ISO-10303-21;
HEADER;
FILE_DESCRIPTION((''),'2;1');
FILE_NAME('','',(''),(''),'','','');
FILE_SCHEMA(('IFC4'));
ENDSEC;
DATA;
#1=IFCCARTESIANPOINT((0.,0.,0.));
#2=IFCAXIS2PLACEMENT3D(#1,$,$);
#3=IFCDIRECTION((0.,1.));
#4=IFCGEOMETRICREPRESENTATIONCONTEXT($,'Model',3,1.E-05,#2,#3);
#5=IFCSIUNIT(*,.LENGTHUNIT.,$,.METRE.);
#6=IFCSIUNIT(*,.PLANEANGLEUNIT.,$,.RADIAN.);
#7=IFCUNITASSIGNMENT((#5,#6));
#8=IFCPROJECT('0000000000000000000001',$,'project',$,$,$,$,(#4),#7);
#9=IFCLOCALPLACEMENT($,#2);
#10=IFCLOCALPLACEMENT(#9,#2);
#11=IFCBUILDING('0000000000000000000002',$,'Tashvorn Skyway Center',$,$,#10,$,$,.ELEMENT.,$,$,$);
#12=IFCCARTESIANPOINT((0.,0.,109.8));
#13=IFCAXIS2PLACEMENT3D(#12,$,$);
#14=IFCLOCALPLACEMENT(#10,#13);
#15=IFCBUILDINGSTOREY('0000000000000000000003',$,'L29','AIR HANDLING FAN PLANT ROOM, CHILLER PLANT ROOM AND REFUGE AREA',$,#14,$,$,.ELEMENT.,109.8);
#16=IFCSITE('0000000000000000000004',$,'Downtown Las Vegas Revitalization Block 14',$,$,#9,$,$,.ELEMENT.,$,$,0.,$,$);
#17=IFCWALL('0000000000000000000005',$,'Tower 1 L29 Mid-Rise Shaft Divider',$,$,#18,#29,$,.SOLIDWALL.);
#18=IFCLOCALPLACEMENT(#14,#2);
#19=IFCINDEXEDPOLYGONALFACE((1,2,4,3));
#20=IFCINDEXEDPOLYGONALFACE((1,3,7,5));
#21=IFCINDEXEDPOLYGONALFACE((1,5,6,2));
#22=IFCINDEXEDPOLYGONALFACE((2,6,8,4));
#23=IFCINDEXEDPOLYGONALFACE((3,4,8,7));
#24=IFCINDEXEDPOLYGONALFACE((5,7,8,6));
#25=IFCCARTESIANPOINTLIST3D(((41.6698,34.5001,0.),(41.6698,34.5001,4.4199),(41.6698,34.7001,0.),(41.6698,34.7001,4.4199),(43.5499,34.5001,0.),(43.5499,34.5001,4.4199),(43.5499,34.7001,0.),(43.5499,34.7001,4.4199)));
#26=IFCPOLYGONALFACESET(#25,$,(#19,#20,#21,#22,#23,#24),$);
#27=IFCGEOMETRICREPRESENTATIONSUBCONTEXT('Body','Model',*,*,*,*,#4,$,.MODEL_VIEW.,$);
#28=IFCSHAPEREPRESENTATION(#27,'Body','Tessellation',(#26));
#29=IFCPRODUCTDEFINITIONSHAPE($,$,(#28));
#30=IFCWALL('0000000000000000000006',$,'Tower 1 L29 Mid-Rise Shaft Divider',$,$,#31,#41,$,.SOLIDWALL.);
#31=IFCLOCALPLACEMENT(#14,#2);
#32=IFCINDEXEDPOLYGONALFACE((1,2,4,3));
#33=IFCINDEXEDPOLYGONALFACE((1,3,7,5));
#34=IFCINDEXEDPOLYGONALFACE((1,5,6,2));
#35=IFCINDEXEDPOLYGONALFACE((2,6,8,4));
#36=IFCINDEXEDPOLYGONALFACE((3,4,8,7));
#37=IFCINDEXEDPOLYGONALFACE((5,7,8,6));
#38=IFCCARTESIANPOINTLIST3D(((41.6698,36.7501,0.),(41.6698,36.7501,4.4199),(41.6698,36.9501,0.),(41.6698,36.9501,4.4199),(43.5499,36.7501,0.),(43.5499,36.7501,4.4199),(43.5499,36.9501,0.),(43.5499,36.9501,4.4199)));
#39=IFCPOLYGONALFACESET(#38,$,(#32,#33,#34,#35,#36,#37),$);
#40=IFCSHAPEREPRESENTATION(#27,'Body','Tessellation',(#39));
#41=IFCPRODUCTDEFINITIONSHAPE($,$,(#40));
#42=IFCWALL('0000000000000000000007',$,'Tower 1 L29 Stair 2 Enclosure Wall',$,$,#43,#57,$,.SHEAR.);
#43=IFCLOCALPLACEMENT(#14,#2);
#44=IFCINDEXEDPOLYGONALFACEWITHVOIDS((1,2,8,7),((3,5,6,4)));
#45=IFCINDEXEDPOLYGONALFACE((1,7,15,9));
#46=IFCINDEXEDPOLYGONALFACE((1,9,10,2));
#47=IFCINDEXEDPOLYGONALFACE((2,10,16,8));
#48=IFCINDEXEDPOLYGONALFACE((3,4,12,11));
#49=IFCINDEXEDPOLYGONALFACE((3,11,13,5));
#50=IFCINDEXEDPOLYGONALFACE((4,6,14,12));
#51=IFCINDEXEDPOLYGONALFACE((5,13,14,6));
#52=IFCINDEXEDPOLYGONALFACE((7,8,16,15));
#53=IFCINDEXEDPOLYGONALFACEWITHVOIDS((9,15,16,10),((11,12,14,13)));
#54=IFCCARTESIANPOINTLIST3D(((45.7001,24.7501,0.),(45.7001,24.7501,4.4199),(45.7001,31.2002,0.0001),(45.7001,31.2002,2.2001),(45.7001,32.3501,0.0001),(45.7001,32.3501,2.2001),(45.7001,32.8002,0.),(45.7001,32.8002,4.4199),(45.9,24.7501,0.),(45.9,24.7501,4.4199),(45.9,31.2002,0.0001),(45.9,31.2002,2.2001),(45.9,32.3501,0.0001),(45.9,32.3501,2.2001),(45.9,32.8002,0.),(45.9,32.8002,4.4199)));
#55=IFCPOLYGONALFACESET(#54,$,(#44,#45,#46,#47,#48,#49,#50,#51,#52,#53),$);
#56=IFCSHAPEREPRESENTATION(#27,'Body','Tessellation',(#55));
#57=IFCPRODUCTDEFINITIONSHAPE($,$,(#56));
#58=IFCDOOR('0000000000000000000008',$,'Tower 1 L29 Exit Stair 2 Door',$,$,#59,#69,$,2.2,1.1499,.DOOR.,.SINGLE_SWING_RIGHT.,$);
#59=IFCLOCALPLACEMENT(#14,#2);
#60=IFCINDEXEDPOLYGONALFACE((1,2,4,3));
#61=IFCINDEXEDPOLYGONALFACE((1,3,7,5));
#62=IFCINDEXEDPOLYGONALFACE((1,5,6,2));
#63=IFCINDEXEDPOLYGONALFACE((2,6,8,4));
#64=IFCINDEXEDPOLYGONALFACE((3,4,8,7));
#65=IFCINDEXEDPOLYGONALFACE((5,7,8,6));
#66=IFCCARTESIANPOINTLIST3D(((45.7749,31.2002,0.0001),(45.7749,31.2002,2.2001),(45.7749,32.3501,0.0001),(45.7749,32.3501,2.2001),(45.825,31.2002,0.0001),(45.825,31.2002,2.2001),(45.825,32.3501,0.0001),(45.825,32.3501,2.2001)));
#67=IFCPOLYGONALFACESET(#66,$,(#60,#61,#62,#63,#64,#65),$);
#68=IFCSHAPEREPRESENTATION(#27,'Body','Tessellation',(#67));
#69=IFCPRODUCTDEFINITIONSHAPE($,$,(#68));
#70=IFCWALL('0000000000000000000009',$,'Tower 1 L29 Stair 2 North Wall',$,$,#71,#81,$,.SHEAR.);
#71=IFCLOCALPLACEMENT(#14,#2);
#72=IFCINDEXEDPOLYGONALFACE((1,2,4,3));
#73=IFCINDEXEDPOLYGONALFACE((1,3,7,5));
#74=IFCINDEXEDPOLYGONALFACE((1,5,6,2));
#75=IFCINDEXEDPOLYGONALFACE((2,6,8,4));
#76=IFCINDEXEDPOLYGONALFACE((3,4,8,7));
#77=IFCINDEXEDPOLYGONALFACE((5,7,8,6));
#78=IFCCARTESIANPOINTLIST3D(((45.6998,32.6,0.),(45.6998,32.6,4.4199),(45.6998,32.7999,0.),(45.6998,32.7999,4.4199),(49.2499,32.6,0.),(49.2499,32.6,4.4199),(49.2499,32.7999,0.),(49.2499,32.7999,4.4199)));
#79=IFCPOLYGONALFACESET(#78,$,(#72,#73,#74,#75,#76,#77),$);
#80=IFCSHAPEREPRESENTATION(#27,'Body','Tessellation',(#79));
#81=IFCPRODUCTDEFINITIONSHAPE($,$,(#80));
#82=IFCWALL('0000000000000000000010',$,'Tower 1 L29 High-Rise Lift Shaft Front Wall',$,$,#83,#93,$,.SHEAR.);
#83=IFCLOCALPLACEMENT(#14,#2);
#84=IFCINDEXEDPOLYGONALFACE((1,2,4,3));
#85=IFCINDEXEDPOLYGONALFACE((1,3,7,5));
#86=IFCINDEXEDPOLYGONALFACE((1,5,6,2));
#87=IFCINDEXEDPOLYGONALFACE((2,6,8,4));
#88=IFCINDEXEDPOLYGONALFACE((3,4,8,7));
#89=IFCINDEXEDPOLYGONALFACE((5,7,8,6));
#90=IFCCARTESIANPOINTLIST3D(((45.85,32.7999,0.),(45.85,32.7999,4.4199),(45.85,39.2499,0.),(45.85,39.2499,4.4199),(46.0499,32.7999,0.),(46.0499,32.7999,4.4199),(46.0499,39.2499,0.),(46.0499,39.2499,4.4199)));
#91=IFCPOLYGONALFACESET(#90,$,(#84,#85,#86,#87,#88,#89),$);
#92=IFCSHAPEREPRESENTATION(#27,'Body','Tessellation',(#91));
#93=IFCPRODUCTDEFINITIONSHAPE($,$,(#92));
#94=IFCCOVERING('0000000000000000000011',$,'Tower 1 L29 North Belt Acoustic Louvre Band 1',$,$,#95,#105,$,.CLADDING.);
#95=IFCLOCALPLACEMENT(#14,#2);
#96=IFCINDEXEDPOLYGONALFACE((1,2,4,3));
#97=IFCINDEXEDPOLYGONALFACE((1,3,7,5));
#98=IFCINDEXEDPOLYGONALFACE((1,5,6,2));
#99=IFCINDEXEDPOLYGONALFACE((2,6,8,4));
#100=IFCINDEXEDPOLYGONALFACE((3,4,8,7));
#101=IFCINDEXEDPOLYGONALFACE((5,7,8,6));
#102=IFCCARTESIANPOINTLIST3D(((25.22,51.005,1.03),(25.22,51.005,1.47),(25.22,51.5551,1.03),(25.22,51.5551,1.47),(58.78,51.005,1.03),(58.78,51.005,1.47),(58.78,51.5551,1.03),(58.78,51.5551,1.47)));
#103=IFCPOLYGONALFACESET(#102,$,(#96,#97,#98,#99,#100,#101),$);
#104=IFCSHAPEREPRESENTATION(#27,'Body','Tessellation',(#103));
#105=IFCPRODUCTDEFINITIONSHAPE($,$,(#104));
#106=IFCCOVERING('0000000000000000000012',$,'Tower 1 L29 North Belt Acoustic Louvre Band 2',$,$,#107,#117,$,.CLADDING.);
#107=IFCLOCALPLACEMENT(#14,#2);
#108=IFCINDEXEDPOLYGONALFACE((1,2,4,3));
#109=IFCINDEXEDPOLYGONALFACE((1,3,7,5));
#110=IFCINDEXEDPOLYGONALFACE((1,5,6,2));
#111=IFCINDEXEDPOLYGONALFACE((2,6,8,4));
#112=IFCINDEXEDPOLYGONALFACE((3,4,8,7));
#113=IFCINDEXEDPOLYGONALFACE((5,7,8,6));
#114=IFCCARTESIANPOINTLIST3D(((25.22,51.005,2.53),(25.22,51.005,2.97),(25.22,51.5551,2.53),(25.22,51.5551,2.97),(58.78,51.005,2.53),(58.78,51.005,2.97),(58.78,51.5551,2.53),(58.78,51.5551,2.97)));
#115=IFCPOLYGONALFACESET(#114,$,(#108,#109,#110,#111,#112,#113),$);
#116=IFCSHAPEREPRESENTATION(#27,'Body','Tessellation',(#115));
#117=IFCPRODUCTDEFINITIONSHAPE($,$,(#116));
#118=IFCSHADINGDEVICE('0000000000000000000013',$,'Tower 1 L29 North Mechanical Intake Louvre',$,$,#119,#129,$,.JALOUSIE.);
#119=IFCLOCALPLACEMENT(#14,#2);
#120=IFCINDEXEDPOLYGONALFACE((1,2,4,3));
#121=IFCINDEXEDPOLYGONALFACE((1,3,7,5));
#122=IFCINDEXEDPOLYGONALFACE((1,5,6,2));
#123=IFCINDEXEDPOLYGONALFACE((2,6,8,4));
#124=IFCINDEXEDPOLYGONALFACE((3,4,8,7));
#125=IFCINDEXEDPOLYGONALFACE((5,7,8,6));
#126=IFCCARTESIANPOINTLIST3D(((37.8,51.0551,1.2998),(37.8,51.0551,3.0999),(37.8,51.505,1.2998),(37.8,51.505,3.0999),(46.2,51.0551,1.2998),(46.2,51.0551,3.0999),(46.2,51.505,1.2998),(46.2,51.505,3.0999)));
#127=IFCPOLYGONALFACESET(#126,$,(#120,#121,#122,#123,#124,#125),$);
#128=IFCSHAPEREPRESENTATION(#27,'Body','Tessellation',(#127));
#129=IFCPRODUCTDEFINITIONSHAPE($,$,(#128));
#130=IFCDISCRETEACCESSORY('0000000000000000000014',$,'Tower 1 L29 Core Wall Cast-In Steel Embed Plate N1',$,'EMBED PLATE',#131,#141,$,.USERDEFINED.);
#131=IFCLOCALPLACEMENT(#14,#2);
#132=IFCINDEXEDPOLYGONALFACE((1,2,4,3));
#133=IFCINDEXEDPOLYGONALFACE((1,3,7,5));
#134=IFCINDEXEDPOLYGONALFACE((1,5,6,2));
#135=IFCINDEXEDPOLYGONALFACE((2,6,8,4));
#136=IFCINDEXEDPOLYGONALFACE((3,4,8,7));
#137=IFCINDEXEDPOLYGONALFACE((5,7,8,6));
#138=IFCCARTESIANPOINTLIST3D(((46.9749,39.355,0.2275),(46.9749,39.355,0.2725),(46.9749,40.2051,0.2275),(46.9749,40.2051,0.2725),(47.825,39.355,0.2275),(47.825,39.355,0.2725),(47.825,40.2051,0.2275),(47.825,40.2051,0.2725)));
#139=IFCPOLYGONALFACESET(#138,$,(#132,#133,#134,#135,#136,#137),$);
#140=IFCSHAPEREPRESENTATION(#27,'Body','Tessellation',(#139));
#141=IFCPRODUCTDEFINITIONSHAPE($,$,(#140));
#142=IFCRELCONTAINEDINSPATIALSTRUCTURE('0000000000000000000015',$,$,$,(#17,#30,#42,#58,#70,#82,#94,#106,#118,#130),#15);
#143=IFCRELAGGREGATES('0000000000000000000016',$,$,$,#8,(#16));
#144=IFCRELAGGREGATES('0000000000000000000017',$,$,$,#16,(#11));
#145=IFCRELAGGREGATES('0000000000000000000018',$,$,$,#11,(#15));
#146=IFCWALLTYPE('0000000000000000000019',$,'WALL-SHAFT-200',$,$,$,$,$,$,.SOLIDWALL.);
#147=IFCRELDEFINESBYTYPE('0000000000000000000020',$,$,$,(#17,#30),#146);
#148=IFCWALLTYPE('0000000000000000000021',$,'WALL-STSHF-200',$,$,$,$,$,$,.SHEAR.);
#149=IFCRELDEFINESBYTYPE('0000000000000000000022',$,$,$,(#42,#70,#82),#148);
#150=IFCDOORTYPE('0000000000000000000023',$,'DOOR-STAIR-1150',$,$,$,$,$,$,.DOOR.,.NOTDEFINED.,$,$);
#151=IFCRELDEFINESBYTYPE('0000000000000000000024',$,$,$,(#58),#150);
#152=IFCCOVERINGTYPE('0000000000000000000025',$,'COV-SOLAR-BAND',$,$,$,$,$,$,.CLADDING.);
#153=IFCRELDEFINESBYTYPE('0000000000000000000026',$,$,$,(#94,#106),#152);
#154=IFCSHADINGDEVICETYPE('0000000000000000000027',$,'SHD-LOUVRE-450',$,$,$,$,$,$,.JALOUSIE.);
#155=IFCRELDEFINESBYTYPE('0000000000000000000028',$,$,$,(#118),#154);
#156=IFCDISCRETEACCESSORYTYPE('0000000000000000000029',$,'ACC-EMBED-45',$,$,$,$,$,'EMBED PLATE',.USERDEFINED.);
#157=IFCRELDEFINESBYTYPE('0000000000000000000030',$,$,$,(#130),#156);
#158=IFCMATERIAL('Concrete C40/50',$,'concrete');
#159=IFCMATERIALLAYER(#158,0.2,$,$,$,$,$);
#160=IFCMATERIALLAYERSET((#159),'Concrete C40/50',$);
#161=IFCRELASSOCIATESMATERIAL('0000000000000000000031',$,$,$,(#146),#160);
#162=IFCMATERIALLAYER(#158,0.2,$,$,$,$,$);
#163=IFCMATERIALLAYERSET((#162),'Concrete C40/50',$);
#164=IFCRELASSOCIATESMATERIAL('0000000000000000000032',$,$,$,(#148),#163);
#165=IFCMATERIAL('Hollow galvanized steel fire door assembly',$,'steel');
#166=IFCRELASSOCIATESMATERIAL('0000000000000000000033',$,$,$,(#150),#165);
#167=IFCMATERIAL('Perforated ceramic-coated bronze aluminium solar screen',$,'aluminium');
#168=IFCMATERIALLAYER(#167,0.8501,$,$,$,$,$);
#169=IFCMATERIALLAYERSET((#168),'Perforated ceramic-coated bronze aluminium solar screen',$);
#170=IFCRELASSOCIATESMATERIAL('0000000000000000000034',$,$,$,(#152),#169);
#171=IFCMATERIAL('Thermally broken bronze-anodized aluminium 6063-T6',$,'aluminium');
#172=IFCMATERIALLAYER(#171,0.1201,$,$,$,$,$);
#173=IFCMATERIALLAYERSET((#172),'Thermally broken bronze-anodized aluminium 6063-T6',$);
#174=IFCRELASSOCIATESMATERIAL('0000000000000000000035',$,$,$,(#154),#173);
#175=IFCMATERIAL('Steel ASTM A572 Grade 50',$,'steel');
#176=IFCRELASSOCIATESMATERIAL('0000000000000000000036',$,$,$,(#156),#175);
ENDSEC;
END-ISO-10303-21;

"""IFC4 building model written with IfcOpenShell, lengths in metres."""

from ifc_helpers import new_model, si_unit, direction, frame, frame_2d, origin, origin_2d, place, context, subcontext, project, spatial, rectangle, extrude, material, layer, layer_set, type_object, element, fill, save


model = new_model("IFC4")

# Units and contexts
model_context = context("Model", 3, precision=1e-05, world=origin(), true_north=direction((0.0, 1.0)))
body_context = subcontext(model_context, "Body", "Model", "MODEL_VIEW")
ifc_project = project(units=[si_unit("LENGTHUNIT", "METRE"), si_unit("PLANEANGLEUNIT", "RADIAN")], contexts=[model_context])

# Site, building, storey
site_placement = place(None, origin())
site = spatial("IfcSite", under=ifc_project, at=site_placement, Name="Downtown Las Vegas Revitalization Block 14", CompositionType="ELEMENT", RefElevation=0.0)
building_placement = place(site_placement, origin())
building = spatial("IfcBuilding", under=site, at=building_placement, Name="Tashvorn Skyway Center", CompositionType="ELEMENT")
storey_placement = place(building_placement, frame((0.0, 0.0, 109.8)))
storey = spatial("IfcBuildingStorey", under=building, at=storey_placement, Name="L29", Description="AIR HANDLING FAN PLANT ROOM, CHILLER PLANT ROOM AND REFUGE AREA", CompositionType="ELEMENT", Elevation=109.8)

# Shared definitions
ifc_material_1 = material(Name="Steel ASTM A572 Grade 50", Category="steel")

# Shared definitions
ifc_material_2 = material(Name="Concrete C40/50", Category="concrete")

# Shared definitions
ifc_material_3 = material(Name="Hollow galvanized steel fire door assembly", Category="steel")

# Shared definitions
ifc_layer_1 = layer(ifc_material_2, 0.2)
ifc_layer_set_1 = layer_set([ifc_layer_1], Name="Concrete C40/50")
wall_type_1 = type_object("IfcWallType", Name="WALL-SHAFT-200", PredefinedType="SOLIDWALL", material=ifc_layer_set_1)

# Walls
for number, where, z_axis, x_axis, name in (
    (1, (41.6699, 34.6001, 0.0), (0.0, 0.0, 1.0), (1.0, 0.0, 0.0), "Tower 1 L29 Mid-Rise Shaft Divider"),
    (2, (41.6699, 36.8501, 0.0), (0.0, 0.0, 1.0), (1.0, 0.0, 0.0), "Tower 1 L29 Mid-Rise Shaft Divider"),
):
    element("IfcWall", number, at=place(storey_placement, frame(where, z_axis=z_axis, x_axis=x_axis)), inside=storey, type_object=wall_type_1, Name=name, PredefinedType="SOLIDWALL", context=body_context, shape_type="SweptSolid", body=[
        extrude(rectangle(XDim=1.8801, YDim=0.2, at=frame_2d((0.9399, 0.0))), origin(), (0.0, 0.0, 1.0), 4.4199),
    ])

# Wall, opening, door
ifc_layer_2 = layer(ifc_material_2, 0.2)
ifc_layer_set_2 = layer_set([ifc_layer_2], Name="Concrete C40/50")
wall_type_2 = type_object("IfcWallType", Name="WALL-STSHF-200", PredefinedType="SHEAR", material=ifc_layer_set_2)
wall_1_placement = place(storey_placement, frame((45.8, 32.8, 0.0), z_axis=(0.0, 0.0, 1.0), x_axis=(0.0, -1.0, 0.0)))
wall_1 = element("IfcWall", 3, at=wall_1_placement, inside=storey, type_object=wall_type_2, Name="Tower 1 L29 Stair 2 Enclosure Wall", PredefinedType="SHEAR", context=body_context, shape_type="SweptSolid", body=[
    extrude(rectangle(XDim=8.05, YDim=0.2, at=frame_2d((4.0249, 0.0))), origin(), (0.0, 0.0, 1.0), 4.4199),
])
opening_1_placement = place(wall_1_placement, frame((0.45, 0.0, 0.0)))
opening_1 = element("IfcOpeningElement", 4, at=opening_1_placement, cuts=wall_1, PredefinedType="OPENING", context=body_context, shape_type="SweptSolid", body=[
    extrude(rectangle(XDim=1.1499, YDim=2.2, at=frame_2d((0.575, 1.1001))), frame((0.0, 0.1099, 0.0), z_axis=(0.0, -1.0, 0.0), x_axis=(1.0, 0.0, 0.0)), (0.0, 0.0, 1.0), 0.22),
])
door_type_1 = type_object("IfcDoorType", Name="DOOR-STAIR-1150", OperationType="NOTDEFINED", PredefinedType="DOOR", material=ifc_material_3)
door_1_placement = place(opening_1_placement, origin())
door_1 = element("IfcDoor", 5, at=door_1_placement, inside=storey, type_object=door_type_1, Name="Tower 1 L29 Exit Stair 2 Door", OperationType="SINGLE_SWING_RIGHT", OverallHeight=2.2, OverallWidth=1.1499, PredefinedType="DOOR", context=body_context, shape_type="SweptSolid", body=[
    extrude(rectangle(XDim=1.1499, YDim=2.2, at=frame_2d((0.575, 1.1001))), frame((0.0, 0.0249, 0.0), z_axis=(0.0, -1.0, 0.0), x_axis=(1.0, 0.0, 0.0)), (0.0, 0.0, 1.0), 0.05),
])
fill(opening_1, door_1)

# Walls
wall_2_placement = place(storey_placement, frame((45.7, 32.7, 0.0), z_axis=(0.0, 0.0, 1.0), x_axis=(1.0, 0.0, 0.0)))
element("IfcWall", 6, at=wall_2_placement, inside=storey, type_object=wall_type_2, Name="Tower 1 L29 Stair 2 North Wall", PredefinedType="SHEAR", context=body_context, shape_type="SweptSolid", body=[
    extrude(rectangle(XDim=3.55, YDim=0.2, at=frame_2d((1.7749, 0.0))), origin(), (0.0, 0.0, 1.0), 4.4199),
])
wall_3_placement = place(storey_placement, frame((45.95, 39.25, 0.0), z_axis=(0.0, 0.0, 1.0), x_axis=(0.0, -1.0, 0.0)))
element("IfcWall", 7, at=wall_3_placement, inside=storey, type_object=wall_type_2, Name="Tower 1 L29 High-Rise Lift Shaft Front Wall", PredefinedType="SHEAR", context=body_context, shape_type="SweptSolid", body=[
    extrude(rectangle(XDim=6.45, YDim=0.2, at=frame_2d((3.2251, 0.0))), origin(), (0.0, 0.0, 1.0), 4.4199),
])

# Coverings
ifc_material_4 = material(Name="Perforated ceramic-coated bronze aluminium solar screen", Category="aluminium")
ifc_layer_3 = layer(ifc_material_4, 0.8501)
ifc_layer_set_3 = layer_set([ifc_layer_3], Name="Perforated ceramic-coated bronze aluminium solar screen")
covering_type = type_object("IfcCoveringType", Name="COV-SOLAR-BAND", PredefinedType="CLADDING", material=ifc_layer_set_3)
for number, where, z_axis, x_axis, name in (
    (8, (42.0, 51.28, 1.03), (0.0, 0.0, 1.0), (1.0, 0.0, 0.0), "Tower 1 L29 North Belt Acoustic Louvre Band 1"),
    (9, (42.0, 51.28, 2.53), (0.0, 0.0, 1.0), (1.0, 0.0, 0.0), "Tower 1 L29 North Belt Acoustic Louvre Band 2"),
):
    element("IfcCovering", number, at=place(storey_placement, frame(where, z_axis=z_axis, x_axis=x_axis)), inside=storey, type_object=covering_type, Name=name, PredefinedType="CLADDING", context=body_context, shape_type="SweptSolid", body=[
        extrude(rectangle(XDim=33.5601, YDim=0.55, at=origin_2d()), origin(), (0.0, 0.0, 1.0), 0.4399),
    ])

# Shading device
ifc_material_5 = material(Name="Thermally broken bronze-anodized aluminium 6063-T6", Category="aluminium")
ifc_layer_4 = layer(ifc_material_5, 0.1201)
ifc_layer_set_4 = layer_set([ifc_layer_4], Name="Thermally broken bronze-anodized aluminium 6063-T6")
shading_device_type = type_object("IfcShadingDeviceType", Name="SHD-LOUVRE-450", PredefinedType="JALOUSIE", material=ifc_layer_set_4)
shading_device_placement = place(storey_placement, frame((42.0, 51.28, 1.2998), z_axis=(0.0, 0.0, 1.0), x_axis=(1.0, 0.0, 0.0)))
element("IfcShadingDevice", 10, at=shading_device_placement, inside=storey, type_object=shading_device_type, Name="Tower 1 L29 North Mechanical Intake Louvre", PredefinedType="JALOUSIE", context=body_context, shape_type="SweptSolid", body=[
    extrude(rectangle(XDim=8.3999, YDim=0.45, at=origin_2d()), origin(), (0.0, 0.0, 1.0), 1.8),
])

# Discrete accessory
discrete_accessory_type = type_object("IfcDiscreteAccessoryType", Name="ACC-EMBED-45", ElementType="EMBED PLATE", PredefinedType="USERDEFINED", material=ifc_material_1)
discrete_accessory_placement = place(storey_placement, frame((47.3999, 39.78, 0.2275), z_axis=(0.0, 0.0, 1.0), x_axis=(1.0, 0.0, 0.0)))
element("IfcDiscreteAccessory", 11, at=discrete_accessory_placement, inside=storey, type_object=discrete_accessory_type, Name="Tower 1 L29 Core Wall Cast-In Steel Embed Plate N1", ObjectType="EMBED PLATE", PredefinedType="USERDEFINED", context=body_context, shape_type="SweptSolid", body=[
    extrude(rectangle(XDim=0.8501, YDim=0.8501, at=origin_2d()), origin(), (0.0, 0.0, 1.0), 0.0449),
])

save(model, "model.ifc")
